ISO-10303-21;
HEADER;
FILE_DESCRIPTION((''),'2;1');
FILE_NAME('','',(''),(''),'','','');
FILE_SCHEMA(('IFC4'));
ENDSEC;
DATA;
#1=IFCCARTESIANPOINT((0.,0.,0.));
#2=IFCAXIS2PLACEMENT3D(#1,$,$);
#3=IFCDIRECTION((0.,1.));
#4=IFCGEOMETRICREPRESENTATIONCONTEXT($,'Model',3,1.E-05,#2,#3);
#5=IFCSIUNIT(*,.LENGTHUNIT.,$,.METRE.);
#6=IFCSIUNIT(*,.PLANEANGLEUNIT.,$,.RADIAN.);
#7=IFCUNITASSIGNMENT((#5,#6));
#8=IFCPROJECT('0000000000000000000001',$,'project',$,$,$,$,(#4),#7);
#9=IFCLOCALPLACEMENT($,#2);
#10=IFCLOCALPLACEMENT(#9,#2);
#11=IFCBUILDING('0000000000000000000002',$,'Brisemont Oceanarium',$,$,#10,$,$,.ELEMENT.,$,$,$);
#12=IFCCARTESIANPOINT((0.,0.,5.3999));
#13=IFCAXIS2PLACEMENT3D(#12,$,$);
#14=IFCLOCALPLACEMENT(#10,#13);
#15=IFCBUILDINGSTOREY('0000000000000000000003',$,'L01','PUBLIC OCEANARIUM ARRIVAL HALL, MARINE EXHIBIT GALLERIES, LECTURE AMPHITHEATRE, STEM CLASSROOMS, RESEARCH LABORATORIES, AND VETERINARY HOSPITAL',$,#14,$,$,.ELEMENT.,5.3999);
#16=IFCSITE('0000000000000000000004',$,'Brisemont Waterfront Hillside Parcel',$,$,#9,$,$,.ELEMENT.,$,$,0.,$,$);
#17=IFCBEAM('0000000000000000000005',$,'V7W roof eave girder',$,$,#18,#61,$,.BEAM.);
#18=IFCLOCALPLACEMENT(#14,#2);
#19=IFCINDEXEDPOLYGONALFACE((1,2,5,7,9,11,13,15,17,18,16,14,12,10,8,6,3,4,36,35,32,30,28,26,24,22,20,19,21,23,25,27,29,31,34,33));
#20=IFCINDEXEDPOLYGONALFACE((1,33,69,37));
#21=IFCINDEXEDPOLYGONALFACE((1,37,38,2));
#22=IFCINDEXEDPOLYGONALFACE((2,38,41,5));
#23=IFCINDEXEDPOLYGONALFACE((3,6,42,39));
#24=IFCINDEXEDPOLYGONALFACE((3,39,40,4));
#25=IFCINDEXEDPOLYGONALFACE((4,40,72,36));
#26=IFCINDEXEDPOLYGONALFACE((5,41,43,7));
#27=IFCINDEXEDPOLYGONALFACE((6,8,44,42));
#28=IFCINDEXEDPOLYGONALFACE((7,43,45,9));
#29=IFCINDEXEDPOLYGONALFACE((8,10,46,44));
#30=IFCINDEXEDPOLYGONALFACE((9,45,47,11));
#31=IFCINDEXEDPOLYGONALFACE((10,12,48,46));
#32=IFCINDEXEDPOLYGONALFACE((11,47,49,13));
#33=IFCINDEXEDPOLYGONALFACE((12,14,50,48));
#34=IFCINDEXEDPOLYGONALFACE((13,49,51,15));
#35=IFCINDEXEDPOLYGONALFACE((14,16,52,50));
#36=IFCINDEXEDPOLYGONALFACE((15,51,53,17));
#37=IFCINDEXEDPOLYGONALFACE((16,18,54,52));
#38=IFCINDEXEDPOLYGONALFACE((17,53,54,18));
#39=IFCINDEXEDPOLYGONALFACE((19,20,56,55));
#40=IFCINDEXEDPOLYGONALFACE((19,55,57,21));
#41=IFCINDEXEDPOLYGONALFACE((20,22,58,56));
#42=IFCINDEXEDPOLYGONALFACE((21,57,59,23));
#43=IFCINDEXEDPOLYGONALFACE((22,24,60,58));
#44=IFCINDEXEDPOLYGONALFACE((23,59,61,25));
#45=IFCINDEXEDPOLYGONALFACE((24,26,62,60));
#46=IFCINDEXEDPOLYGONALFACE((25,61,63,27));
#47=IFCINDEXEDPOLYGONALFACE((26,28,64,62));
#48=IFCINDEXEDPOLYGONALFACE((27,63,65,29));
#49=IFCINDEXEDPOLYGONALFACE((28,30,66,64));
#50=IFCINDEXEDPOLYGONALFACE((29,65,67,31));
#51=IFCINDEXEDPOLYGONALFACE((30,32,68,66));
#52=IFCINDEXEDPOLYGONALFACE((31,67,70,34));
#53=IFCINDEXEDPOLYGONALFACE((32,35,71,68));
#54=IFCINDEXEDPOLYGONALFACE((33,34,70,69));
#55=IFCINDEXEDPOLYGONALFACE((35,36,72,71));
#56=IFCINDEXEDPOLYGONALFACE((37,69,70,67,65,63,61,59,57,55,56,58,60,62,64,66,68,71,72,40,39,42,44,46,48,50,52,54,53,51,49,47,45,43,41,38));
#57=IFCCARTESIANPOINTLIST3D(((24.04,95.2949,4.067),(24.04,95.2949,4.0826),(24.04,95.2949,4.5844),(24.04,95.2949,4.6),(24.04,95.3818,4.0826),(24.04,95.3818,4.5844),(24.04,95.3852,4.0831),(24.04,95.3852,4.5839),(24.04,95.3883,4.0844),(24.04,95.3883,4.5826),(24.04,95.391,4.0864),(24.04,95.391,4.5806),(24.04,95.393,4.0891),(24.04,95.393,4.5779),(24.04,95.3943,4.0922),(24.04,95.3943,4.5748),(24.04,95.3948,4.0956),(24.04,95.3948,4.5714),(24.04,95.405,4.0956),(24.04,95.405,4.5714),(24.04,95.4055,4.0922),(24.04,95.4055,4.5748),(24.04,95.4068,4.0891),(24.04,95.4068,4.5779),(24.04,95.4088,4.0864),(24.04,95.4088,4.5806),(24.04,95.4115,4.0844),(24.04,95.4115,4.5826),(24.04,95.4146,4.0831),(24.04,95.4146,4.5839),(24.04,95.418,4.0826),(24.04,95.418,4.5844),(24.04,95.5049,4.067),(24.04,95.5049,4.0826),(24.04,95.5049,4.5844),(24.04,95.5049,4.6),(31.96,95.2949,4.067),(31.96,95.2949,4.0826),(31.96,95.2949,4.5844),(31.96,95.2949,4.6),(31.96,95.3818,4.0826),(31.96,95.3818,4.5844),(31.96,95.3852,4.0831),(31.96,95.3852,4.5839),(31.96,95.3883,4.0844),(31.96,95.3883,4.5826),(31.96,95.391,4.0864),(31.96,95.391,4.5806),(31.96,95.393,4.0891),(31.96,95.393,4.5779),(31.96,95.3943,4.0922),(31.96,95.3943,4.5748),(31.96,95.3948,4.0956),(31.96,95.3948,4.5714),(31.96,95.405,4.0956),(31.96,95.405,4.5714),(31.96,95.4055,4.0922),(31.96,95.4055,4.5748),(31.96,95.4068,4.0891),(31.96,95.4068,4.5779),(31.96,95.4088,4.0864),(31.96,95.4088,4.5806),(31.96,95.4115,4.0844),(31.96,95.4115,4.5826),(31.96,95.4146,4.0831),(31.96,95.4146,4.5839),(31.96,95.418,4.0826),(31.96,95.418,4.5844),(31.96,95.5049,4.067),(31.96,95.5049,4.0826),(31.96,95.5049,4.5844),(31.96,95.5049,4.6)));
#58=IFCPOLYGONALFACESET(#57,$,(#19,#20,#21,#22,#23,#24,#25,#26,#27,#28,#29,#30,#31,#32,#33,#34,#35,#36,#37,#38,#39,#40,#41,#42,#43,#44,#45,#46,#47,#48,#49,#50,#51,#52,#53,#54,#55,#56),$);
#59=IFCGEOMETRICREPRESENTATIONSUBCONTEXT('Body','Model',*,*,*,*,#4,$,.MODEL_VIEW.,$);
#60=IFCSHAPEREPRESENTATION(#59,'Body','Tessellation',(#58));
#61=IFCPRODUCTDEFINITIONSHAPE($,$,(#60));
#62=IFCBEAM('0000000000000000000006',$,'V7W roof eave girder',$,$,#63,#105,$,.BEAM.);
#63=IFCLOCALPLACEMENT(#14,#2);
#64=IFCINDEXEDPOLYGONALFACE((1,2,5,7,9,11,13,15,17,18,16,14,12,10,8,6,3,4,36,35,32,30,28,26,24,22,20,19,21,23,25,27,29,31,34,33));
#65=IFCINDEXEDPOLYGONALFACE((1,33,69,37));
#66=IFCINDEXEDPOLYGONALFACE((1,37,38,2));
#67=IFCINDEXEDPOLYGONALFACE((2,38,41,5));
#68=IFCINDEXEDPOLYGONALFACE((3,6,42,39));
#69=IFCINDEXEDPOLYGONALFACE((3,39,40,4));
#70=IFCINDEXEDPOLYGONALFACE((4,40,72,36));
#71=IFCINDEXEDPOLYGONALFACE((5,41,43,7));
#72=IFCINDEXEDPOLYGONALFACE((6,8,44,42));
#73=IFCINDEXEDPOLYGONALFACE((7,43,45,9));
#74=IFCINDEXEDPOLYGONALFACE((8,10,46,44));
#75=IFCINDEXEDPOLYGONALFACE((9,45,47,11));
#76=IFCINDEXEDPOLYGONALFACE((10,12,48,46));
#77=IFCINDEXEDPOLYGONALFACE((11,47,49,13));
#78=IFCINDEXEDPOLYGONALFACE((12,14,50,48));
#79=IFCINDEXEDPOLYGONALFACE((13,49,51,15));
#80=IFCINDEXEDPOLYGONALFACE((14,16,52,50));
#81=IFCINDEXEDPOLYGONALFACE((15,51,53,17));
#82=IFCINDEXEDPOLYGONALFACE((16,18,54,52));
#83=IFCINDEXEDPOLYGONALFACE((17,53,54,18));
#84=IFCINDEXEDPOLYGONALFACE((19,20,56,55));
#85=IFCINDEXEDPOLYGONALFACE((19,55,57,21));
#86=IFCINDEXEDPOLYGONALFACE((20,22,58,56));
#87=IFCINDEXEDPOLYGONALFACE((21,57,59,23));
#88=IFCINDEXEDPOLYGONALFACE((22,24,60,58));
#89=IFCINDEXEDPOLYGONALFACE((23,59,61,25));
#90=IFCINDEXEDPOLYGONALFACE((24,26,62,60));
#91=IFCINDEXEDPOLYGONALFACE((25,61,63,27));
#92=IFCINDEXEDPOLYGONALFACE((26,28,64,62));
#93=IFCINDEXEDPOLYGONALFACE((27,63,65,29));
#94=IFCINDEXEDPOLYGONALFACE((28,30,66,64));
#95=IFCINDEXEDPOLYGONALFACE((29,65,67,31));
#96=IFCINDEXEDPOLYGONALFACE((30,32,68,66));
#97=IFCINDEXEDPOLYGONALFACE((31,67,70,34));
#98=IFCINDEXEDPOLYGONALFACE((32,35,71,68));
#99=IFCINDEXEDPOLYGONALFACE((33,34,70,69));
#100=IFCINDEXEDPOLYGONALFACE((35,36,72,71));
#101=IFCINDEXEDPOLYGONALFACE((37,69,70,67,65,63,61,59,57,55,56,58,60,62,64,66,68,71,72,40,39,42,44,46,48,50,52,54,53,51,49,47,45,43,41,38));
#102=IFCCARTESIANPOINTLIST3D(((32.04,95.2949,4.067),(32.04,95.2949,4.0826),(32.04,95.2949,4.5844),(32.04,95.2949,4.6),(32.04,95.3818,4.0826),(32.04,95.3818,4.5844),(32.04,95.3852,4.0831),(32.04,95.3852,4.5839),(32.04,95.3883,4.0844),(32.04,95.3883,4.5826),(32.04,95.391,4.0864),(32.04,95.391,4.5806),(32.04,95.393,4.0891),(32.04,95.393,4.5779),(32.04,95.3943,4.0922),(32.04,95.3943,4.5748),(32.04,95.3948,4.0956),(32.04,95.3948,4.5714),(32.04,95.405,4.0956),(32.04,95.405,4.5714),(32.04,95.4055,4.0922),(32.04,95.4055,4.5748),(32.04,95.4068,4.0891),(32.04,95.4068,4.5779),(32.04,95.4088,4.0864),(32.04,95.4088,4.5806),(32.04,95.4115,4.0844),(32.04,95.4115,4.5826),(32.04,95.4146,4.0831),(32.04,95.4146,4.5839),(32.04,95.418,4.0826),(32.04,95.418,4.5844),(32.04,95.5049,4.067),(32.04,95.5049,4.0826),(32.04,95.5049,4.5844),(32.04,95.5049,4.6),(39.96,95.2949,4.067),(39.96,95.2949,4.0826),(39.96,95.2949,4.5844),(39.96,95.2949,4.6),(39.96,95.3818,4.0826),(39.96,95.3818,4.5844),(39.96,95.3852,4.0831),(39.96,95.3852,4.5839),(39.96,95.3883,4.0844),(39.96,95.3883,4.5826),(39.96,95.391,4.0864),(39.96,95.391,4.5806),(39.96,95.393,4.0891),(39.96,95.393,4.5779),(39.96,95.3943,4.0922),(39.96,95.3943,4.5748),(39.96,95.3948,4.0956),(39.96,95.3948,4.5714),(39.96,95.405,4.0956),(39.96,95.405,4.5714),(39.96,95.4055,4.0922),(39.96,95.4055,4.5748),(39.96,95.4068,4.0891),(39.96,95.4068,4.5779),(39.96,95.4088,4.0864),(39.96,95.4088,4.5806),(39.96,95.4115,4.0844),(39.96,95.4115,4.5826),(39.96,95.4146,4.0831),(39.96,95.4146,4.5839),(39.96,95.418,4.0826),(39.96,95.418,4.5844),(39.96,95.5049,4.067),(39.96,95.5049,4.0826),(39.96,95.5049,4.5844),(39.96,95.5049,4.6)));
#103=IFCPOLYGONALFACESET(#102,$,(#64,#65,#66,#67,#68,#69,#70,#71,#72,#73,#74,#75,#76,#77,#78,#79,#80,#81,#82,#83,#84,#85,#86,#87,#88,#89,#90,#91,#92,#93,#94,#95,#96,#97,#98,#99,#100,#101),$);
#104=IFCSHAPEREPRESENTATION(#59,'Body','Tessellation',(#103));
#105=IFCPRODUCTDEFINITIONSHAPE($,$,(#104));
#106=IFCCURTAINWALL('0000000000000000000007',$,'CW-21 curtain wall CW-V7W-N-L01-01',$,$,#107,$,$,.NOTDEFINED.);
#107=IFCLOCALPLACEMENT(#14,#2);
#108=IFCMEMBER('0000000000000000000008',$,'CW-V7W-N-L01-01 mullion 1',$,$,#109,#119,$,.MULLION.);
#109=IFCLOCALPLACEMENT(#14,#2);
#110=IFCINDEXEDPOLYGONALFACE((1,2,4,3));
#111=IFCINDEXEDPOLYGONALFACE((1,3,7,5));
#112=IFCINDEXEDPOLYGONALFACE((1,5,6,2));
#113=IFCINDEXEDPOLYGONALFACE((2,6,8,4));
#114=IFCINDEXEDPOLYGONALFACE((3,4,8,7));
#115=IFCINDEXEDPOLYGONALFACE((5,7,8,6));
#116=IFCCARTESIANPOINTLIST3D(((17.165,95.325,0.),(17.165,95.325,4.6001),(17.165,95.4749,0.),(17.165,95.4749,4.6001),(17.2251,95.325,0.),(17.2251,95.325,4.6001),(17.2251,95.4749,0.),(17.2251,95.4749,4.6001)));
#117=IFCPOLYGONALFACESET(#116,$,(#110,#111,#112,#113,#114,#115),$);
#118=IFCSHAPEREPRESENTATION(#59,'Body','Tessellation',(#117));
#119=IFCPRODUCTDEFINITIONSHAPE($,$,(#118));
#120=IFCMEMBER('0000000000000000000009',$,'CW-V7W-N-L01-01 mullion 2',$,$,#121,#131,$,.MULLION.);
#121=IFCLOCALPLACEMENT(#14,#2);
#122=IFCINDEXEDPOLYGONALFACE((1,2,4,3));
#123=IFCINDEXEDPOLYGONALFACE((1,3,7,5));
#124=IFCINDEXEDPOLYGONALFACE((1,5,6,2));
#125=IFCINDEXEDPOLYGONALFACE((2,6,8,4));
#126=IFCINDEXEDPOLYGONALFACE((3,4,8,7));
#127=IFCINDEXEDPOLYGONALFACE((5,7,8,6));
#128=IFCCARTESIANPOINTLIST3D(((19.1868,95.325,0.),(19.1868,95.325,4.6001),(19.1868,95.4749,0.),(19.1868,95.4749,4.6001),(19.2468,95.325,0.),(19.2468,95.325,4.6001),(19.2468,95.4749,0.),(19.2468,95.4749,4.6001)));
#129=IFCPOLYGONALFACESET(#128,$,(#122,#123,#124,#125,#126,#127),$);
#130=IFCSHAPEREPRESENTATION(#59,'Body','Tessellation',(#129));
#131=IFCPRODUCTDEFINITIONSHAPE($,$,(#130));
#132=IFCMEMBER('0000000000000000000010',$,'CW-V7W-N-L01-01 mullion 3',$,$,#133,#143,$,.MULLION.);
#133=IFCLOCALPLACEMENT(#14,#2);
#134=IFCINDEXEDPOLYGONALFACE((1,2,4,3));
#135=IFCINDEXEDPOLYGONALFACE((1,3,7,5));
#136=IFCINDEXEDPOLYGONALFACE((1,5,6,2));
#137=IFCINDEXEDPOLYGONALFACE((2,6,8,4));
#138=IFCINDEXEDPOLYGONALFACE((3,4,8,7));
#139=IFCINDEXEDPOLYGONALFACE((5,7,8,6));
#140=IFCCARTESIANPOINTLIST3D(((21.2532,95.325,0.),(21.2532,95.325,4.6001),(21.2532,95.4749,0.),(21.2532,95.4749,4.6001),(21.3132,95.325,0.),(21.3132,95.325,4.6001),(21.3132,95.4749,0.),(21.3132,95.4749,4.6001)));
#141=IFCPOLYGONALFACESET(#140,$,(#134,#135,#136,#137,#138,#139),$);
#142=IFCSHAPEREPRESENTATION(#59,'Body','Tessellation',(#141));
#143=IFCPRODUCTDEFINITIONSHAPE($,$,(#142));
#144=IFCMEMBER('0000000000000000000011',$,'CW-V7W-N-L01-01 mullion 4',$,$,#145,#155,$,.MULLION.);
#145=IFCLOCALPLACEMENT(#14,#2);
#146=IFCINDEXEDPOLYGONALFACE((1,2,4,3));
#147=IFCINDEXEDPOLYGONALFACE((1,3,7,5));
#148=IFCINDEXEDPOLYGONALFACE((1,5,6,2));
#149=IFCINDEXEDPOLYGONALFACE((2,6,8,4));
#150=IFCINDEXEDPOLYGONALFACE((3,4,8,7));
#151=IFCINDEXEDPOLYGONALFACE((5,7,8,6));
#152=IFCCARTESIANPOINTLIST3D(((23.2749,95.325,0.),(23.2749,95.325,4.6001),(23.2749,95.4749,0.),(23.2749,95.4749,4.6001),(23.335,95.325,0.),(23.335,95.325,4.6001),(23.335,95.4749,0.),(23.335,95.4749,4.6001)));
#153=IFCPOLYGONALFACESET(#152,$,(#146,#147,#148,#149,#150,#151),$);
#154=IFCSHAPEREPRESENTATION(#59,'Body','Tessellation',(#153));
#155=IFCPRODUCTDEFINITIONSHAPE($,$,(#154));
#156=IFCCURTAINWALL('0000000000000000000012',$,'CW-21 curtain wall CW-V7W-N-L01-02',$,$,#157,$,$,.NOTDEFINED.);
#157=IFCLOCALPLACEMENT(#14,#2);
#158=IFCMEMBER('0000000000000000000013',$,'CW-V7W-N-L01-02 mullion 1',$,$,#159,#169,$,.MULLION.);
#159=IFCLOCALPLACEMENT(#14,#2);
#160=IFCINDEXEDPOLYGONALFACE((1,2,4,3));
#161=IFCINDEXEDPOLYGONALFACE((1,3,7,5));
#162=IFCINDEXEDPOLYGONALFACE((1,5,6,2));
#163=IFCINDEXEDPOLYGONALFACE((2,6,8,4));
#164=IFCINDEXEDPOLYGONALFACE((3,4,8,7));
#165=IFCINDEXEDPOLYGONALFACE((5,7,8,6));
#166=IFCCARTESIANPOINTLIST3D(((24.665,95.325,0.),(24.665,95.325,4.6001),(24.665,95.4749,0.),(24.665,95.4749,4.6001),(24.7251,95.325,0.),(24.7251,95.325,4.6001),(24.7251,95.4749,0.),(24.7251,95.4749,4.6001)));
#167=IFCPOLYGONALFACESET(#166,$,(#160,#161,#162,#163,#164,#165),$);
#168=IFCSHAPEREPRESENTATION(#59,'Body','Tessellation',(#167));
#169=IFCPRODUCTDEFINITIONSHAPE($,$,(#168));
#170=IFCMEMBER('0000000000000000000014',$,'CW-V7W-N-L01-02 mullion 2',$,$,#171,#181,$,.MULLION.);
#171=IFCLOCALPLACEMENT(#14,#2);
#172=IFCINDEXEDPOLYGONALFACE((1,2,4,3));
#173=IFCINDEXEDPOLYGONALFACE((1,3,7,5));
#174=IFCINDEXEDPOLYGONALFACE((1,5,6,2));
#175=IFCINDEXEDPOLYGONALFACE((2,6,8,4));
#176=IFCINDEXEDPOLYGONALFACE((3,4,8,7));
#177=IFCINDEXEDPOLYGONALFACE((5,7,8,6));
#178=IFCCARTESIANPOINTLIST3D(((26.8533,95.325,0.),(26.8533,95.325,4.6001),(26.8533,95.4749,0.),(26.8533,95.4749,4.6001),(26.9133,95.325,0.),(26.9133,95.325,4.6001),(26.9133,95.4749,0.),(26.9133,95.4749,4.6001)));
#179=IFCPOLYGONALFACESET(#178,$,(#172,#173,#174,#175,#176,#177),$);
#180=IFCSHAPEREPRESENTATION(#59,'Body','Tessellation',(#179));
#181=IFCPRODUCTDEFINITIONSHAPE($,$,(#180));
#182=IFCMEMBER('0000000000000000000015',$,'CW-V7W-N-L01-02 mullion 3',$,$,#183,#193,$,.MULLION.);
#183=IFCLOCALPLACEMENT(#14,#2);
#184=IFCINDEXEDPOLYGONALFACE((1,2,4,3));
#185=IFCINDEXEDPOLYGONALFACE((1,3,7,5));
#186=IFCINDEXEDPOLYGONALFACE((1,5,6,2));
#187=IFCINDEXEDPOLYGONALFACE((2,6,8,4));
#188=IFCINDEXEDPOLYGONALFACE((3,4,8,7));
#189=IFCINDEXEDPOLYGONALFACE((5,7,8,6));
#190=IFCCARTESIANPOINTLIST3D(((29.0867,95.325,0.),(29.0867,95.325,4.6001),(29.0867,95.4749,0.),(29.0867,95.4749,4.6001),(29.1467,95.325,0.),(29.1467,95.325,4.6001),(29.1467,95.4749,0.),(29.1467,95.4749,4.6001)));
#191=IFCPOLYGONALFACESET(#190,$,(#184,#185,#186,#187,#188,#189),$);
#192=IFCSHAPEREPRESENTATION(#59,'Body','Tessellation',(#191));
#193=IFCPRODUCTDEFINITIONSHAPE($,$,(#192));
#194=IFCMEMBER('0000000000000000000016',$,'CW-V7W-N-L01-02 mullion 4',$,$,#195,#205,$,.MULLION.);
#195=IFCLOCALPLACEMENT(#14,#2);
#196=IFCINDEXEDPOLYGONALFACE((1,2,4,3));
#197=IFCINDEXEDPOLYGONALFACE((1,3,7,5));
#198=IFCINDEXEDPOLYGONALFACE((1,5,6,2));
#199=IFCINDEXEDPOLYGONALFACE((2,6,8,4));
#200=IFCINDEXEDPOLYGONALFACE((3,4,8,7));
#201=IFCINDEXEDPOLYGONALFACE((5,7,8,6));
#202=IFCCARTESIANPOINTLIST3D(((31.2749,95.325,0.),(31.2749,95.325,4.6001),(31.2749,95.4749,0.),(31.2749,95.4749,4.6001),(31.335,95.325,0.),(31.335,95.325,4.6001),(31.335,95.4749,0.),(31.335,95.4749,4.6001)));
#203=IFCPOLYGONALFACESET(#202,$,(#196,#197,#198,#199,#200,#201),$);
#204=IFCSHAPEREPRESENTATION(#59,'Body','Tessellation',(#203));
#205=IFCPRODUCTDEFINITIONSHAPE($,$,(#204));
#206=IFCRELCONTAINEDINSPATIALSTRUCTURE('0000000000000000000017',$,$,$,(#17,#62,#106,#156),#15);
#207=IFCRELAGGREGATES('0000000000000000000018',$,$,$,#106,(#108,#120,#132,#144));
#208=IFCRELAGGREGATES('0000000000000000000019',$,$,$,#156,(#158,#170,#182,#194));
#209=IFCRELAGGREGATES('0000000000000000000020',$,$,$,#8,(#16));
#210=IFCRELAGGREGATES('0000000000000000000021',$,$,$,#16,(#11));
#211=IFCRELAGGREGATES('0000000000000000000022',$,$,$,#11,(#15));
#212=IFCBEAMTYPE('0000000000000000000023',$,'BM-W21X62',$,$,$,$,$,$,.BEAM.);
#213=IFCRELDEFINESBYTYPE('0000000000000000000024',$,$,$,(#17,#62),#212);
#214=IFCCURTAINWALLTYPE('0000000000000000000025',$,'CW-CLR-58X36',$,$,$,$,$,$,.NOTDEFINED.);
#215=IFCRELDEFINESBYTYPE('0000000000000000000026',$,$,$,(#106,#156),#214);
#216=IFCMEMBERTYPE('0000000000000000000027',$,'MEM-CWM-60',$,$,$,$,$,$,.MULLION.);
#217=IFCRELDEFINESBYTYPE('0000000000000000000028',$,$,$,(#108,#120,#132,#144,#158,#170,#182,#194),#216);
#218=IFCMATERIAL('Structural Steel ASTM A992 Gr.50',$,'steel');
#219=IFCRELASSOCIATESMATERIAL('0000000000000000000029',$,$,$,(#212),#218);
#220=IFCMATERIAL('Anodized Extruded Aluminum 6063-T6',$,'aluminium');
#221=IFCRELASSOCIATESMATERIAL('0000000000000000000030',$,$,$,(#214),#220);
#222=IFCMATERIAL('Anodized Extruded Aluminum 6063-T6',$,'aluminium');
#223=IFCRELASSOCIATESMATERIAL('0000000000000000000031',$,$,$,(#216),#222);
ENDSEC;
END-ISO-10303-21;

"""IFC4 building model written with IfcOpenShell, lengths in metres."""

from ifc_helpers import new_model, si_unit, direction, frame, origin, origin_2d, place, context, subcontext, project, spatial, rectangle, i_section, extrude, material, material_profile, profile_set, type_object, element, aggregate, save


model = new_model("IFC4")

# Units and contexts
model_context = context("Model", 3, precision=1e-05, world=origin(), true_north=direction((0.0, 1.0)))
body_context = subcontext(model_context, "Body", "Model", "MODEL_VIEW")
ifc_project = project(units=[si_unit("LENGTHUNIT", "METRE"), si_unit("PLANEANGLEUNIT", "RADIAN")], contexts=[model_context])

# Site, building, storey
site_placement = place(None, origin())
site = spatial("IfcSite", under=ifc_project, at=site_placement, Name="Brisemont Waterfront Hillside Parcel", CompositionType="ELEMENT", RefElevation=0.0)
building_placement = place(site_placement, origin())
building = spatial("IfcBuilding", under=site, at=building_placement, Name="Brisemont Oceanarium", CompositionType="ELEMENT")
storey_placement = place(building_placement, frame((0.0, 0.0, 5.3999)))
storey = spatial("IfcBuildingStorey", under=building, at=storey_placement, Name="L01", Description="PUBLIC OCEANARIUM ARRIVAL HALL, MARINE EXHIBIT GALLERIES, LECTURE AMPHITHEATRE, STEM CLASSROOMS, RESEARCH LABORATORIES, AND VETERINARY HOSPITAL", CompositionType="ELEMENT", Elevation=5.3999)

# Beams
ifc_material_1 = material(Name="Structural Steel ASTM A992 Gr.50", Category="steel")
ifc_material_profile_1 = material_profile(ifc_material_1, i_section(OverallWidth=0.21, OverallDepth=0.533, WebThickness=0.0103, FlangeThickness=0.0156, FilletRadius=0.0129, at=origin_2d()), Name="W21X62")
ifc_profile_set_1 = profile_set([ifc_material_profile_1], Name="Structural Steel ASTM A992 Gr.50")
beam_type_1 = type_object("IfcBeamType", Name="BM-W21X62", PredefinedType="BEAM", material=ifc_profile_set_1)
for number, where, z_axis, x_axis, name in (
    (1, (24.04, 95.3999, 4.3335), (1.0, 0.0, 0.0), (0.0, 1.0, 0.0), "V7W roof eave girder"),
    (2, (32.04, 95.3999, 4.3335), (1.0, 0.0, 0.0), (0.0, 1.0, 0.0), "V7W roof eave girder"),
):
    element("IfcBeam", number, at=place(storey_placement, frame(where, z_axis=z_axis, x_axis=x_axis)), inside=storey, type_object=beam_type_1, Name=name, PredefinedType="BEAM", context=body_context, shape_type="SweptSolid", body=[
        extrude(i_section(OverallWidth=0.21, OverallDepth=0.533, WebThickness=0.0103, FlangeThickness=0.0156, FilletRadius=0.0129, at=origin_2d()), origin(), (0.0, 0.0, 1.0), 7.9199),
    ])

# Curtain walls, members
ifc_material_2 = material(Name="Anodized Extruded Aluminum 6063-T6", Category="aluminium")
curtain_wall_type = type_object("IfcCurtainWallType", Name="CW-CLR-58X36", PredefinedType="NOTDEFINED", material=ifc_material_2)
curtain_wall_1_placement = place(storey_placement, origin())
curtain_wall_1 = element("IfcCurtainWall", 3, at=curtain_wall_1_placement, inside=storey, type_object=curtain_wall_type, Name="CW-21 curtain wall CW-V7W-N-L01-01", PredefinedType="NOTDEFINED")
ifc_material_3 = material(Name="Anodized Extruded Aluminum 6063-T6", Category="aluminium")
ifc_material_profile_2 = material_profile(ifc_material_3, rectangle(XDim=0.0601, YDim=0.1499, at=origin_2d()), Name="CWM-60X150")
ifc_profile_set_2 = profile_set([ifc_material_profile_2], Name="Anodized Extruded Aluminum 6063-T6")
member_type_1 = type_object("IfcMemberType", Name="MEM-CWM-60", PredefinedType="MULLION", material=ifc_profile_set_2)
member_1_placement = place(storey_placement, frame((17.1951, 95.3999, 0.0), z_axis=(0.0, 0.0, 1.0), x_axis=(1.0, 0.0, 0.0)))
member_1 = element("IfcMember", 4, at=member_1_placement, type_object=member_type_1, Name="CW-V7W-N-L01-01 mullion 1", PredefinedType="MULLION", context=body_context, shape_type="SweptSolid", body=[
    extrude(rectangle(XDim=0.0601, YDim=0.1499, at=origin_2d()), origin(), (0.0, 0.0, 1.0), 4.6001),
])
member_2_placement = place(storey_placement, frame((19.2168, 95.3999, 0.0), z_axis=(0.0, 0.0, 1.0), x_axis=(1.0, 0.0, 0.0)))
member_2 = element("IfcMember", 5, at=member_2_placement, type_object=member_type_1, Name="CW-V7W-N-L01-01 mullion 2", PredefinedType="MULLION", context=body_context, shape_type="SweptSolid", body=[
    extrude(rectangle(XDim=0.0601, YDim=0.1499, at=origin_2d()), origin(), (0.0, 0.0, 1.0), 4.6001),
])
member_3_placement = place(storey_placement, frame((21.2832, 95.3999, 0.0), z_axis=(0.0, 0.0, 1.0), x_axis=(1.0, 0.0, 0.0)))
member_3 = element("IfcMember", 6, at=member_3_placement, type_object=member_type_1, Name="CW-V7W-N-L01-01 mullion 3", PredefinedType="MULLION", context=body_context, shape_type="SweptSolid", body=[
    extrude(rectangle(XDim=0.0601, YDim=0.1499, at=origin_2d()), origin(), (0.0, 0.0, 1.0), 4.6001),
])
member_4_placement = place(storey_placement, frame((23.3049, 95.3999, 0.0), z_axis=(0.0, 0.0, 1.0), x_axis=(1.0, 0.0, 0.0)))
member_4 = element("IfcMember", 7, at=member_4_placement, type_object=member_type_1, Name="CW-V7W-N-L01-01 mullion 4", PredefinedType="MULLION", context=body_context, shape_type="SweptSolid", body=[
    extrude(rectangle(XDim=0.0601, YDim=0.1499, at=origin_2d()), origin(), (0.0, 0.0, 1.0), 4.6001),
])
curtain_wall_2_placement = place(storey_placement, origin())
curtain_wall_2 = element("IfcCurtainWall", 8, at=curtain_wall_2_placement, inside=storey, type_object=curtain_wall_type, Name="CW-21 curtain wall CW-V7W-N-L01-02", PredefinedType="NOTDEFINED")
member_5_placement = place(storey_placement, frame((24.6951, 95.3999, 0.0), z_axis=(0.0, 0.0, 1.0), x_axis=(1.0, 0.0, 0.0)))
member_5 = element("IfcMember", 9, at=member_5_placement, type_object=member_type_1, Name="CW-V7W-N-L01-02 mullion 1", PredefinedType="MULLION", context=body_context, shape_type="SweptSolid", body=[
    extrude(rectangle(XDim=0.0601, YDim=0.1499, at=origin_2d()), origin(), (0.0, 0.0, 1.0), 4.6001),
])
member_6_placement = place(storey_placement, frame((26.8833, 95.3999, 0.0), z_axis=(0.0, 0.0, 1.0), x_axis=(1.0, 0.0, 0.0)))
member_6 = element("IfcMember", 10, at=member_6_placement, type_object=member_type_1, Name="CW-V7W-N-L01-02 mullion 2", PredefinedType="MULLION", context=body_context, shape_type="SweptSolid", body=[
    extrude(rectangle(XDim=0.0601, YDim=0.1499, at=origin_2d()), origin(), (0.0, 0.0, 1.0), 4.6001),
])
member_7_placement = place(storey_placement, frame((29.1167, 95.3999, 0.0), z_axis=(0.0, 0.0, 1.0), x_axis=(1.0, 0.0, 0.0)))
member_7 = element("IfcMember", 11, at=member_7_placement, type_object=member_type_1, Name="CW-V7W-N-L01-02 mullion 3", PredefinedType="MULLION", context=body_context, shape_type="SweptSolid", body=[
    extrude(rectangle(XDim=0.0601, YDim=0.1499, at=origin_2d()), origin(), (0.0, 0.0, 1.0), 4.6001),
])
member_8_placement = place(storey_placement, frame((31.3049, 95.3999, 0.0), z_axis=(0.0, 0.0, 1.0), x_axis=(1.0, 0.0, 0.0)))
member_8 = element("IfcMember", 12, at=member_8_placement, type_object=member_type_1, Name="CW-V7W-N-L01-02 mullion 4", PredefinedType="MULLION", context=body_context, shape_type="SweptSolid", body=[
    extrude(rectangle(XDim=0.0601, YDim=0.1499, at=origin_2d()), origin(), (0.0, 0.0, 1.0), 4.6001),
])

aggregate(curtain_wall_1, [member_1, member_2, member_3, member_4])
aggregate(curtain_wall_2, [member_5, member_6, member_7, member_8])

save(model, "model.ifc")
